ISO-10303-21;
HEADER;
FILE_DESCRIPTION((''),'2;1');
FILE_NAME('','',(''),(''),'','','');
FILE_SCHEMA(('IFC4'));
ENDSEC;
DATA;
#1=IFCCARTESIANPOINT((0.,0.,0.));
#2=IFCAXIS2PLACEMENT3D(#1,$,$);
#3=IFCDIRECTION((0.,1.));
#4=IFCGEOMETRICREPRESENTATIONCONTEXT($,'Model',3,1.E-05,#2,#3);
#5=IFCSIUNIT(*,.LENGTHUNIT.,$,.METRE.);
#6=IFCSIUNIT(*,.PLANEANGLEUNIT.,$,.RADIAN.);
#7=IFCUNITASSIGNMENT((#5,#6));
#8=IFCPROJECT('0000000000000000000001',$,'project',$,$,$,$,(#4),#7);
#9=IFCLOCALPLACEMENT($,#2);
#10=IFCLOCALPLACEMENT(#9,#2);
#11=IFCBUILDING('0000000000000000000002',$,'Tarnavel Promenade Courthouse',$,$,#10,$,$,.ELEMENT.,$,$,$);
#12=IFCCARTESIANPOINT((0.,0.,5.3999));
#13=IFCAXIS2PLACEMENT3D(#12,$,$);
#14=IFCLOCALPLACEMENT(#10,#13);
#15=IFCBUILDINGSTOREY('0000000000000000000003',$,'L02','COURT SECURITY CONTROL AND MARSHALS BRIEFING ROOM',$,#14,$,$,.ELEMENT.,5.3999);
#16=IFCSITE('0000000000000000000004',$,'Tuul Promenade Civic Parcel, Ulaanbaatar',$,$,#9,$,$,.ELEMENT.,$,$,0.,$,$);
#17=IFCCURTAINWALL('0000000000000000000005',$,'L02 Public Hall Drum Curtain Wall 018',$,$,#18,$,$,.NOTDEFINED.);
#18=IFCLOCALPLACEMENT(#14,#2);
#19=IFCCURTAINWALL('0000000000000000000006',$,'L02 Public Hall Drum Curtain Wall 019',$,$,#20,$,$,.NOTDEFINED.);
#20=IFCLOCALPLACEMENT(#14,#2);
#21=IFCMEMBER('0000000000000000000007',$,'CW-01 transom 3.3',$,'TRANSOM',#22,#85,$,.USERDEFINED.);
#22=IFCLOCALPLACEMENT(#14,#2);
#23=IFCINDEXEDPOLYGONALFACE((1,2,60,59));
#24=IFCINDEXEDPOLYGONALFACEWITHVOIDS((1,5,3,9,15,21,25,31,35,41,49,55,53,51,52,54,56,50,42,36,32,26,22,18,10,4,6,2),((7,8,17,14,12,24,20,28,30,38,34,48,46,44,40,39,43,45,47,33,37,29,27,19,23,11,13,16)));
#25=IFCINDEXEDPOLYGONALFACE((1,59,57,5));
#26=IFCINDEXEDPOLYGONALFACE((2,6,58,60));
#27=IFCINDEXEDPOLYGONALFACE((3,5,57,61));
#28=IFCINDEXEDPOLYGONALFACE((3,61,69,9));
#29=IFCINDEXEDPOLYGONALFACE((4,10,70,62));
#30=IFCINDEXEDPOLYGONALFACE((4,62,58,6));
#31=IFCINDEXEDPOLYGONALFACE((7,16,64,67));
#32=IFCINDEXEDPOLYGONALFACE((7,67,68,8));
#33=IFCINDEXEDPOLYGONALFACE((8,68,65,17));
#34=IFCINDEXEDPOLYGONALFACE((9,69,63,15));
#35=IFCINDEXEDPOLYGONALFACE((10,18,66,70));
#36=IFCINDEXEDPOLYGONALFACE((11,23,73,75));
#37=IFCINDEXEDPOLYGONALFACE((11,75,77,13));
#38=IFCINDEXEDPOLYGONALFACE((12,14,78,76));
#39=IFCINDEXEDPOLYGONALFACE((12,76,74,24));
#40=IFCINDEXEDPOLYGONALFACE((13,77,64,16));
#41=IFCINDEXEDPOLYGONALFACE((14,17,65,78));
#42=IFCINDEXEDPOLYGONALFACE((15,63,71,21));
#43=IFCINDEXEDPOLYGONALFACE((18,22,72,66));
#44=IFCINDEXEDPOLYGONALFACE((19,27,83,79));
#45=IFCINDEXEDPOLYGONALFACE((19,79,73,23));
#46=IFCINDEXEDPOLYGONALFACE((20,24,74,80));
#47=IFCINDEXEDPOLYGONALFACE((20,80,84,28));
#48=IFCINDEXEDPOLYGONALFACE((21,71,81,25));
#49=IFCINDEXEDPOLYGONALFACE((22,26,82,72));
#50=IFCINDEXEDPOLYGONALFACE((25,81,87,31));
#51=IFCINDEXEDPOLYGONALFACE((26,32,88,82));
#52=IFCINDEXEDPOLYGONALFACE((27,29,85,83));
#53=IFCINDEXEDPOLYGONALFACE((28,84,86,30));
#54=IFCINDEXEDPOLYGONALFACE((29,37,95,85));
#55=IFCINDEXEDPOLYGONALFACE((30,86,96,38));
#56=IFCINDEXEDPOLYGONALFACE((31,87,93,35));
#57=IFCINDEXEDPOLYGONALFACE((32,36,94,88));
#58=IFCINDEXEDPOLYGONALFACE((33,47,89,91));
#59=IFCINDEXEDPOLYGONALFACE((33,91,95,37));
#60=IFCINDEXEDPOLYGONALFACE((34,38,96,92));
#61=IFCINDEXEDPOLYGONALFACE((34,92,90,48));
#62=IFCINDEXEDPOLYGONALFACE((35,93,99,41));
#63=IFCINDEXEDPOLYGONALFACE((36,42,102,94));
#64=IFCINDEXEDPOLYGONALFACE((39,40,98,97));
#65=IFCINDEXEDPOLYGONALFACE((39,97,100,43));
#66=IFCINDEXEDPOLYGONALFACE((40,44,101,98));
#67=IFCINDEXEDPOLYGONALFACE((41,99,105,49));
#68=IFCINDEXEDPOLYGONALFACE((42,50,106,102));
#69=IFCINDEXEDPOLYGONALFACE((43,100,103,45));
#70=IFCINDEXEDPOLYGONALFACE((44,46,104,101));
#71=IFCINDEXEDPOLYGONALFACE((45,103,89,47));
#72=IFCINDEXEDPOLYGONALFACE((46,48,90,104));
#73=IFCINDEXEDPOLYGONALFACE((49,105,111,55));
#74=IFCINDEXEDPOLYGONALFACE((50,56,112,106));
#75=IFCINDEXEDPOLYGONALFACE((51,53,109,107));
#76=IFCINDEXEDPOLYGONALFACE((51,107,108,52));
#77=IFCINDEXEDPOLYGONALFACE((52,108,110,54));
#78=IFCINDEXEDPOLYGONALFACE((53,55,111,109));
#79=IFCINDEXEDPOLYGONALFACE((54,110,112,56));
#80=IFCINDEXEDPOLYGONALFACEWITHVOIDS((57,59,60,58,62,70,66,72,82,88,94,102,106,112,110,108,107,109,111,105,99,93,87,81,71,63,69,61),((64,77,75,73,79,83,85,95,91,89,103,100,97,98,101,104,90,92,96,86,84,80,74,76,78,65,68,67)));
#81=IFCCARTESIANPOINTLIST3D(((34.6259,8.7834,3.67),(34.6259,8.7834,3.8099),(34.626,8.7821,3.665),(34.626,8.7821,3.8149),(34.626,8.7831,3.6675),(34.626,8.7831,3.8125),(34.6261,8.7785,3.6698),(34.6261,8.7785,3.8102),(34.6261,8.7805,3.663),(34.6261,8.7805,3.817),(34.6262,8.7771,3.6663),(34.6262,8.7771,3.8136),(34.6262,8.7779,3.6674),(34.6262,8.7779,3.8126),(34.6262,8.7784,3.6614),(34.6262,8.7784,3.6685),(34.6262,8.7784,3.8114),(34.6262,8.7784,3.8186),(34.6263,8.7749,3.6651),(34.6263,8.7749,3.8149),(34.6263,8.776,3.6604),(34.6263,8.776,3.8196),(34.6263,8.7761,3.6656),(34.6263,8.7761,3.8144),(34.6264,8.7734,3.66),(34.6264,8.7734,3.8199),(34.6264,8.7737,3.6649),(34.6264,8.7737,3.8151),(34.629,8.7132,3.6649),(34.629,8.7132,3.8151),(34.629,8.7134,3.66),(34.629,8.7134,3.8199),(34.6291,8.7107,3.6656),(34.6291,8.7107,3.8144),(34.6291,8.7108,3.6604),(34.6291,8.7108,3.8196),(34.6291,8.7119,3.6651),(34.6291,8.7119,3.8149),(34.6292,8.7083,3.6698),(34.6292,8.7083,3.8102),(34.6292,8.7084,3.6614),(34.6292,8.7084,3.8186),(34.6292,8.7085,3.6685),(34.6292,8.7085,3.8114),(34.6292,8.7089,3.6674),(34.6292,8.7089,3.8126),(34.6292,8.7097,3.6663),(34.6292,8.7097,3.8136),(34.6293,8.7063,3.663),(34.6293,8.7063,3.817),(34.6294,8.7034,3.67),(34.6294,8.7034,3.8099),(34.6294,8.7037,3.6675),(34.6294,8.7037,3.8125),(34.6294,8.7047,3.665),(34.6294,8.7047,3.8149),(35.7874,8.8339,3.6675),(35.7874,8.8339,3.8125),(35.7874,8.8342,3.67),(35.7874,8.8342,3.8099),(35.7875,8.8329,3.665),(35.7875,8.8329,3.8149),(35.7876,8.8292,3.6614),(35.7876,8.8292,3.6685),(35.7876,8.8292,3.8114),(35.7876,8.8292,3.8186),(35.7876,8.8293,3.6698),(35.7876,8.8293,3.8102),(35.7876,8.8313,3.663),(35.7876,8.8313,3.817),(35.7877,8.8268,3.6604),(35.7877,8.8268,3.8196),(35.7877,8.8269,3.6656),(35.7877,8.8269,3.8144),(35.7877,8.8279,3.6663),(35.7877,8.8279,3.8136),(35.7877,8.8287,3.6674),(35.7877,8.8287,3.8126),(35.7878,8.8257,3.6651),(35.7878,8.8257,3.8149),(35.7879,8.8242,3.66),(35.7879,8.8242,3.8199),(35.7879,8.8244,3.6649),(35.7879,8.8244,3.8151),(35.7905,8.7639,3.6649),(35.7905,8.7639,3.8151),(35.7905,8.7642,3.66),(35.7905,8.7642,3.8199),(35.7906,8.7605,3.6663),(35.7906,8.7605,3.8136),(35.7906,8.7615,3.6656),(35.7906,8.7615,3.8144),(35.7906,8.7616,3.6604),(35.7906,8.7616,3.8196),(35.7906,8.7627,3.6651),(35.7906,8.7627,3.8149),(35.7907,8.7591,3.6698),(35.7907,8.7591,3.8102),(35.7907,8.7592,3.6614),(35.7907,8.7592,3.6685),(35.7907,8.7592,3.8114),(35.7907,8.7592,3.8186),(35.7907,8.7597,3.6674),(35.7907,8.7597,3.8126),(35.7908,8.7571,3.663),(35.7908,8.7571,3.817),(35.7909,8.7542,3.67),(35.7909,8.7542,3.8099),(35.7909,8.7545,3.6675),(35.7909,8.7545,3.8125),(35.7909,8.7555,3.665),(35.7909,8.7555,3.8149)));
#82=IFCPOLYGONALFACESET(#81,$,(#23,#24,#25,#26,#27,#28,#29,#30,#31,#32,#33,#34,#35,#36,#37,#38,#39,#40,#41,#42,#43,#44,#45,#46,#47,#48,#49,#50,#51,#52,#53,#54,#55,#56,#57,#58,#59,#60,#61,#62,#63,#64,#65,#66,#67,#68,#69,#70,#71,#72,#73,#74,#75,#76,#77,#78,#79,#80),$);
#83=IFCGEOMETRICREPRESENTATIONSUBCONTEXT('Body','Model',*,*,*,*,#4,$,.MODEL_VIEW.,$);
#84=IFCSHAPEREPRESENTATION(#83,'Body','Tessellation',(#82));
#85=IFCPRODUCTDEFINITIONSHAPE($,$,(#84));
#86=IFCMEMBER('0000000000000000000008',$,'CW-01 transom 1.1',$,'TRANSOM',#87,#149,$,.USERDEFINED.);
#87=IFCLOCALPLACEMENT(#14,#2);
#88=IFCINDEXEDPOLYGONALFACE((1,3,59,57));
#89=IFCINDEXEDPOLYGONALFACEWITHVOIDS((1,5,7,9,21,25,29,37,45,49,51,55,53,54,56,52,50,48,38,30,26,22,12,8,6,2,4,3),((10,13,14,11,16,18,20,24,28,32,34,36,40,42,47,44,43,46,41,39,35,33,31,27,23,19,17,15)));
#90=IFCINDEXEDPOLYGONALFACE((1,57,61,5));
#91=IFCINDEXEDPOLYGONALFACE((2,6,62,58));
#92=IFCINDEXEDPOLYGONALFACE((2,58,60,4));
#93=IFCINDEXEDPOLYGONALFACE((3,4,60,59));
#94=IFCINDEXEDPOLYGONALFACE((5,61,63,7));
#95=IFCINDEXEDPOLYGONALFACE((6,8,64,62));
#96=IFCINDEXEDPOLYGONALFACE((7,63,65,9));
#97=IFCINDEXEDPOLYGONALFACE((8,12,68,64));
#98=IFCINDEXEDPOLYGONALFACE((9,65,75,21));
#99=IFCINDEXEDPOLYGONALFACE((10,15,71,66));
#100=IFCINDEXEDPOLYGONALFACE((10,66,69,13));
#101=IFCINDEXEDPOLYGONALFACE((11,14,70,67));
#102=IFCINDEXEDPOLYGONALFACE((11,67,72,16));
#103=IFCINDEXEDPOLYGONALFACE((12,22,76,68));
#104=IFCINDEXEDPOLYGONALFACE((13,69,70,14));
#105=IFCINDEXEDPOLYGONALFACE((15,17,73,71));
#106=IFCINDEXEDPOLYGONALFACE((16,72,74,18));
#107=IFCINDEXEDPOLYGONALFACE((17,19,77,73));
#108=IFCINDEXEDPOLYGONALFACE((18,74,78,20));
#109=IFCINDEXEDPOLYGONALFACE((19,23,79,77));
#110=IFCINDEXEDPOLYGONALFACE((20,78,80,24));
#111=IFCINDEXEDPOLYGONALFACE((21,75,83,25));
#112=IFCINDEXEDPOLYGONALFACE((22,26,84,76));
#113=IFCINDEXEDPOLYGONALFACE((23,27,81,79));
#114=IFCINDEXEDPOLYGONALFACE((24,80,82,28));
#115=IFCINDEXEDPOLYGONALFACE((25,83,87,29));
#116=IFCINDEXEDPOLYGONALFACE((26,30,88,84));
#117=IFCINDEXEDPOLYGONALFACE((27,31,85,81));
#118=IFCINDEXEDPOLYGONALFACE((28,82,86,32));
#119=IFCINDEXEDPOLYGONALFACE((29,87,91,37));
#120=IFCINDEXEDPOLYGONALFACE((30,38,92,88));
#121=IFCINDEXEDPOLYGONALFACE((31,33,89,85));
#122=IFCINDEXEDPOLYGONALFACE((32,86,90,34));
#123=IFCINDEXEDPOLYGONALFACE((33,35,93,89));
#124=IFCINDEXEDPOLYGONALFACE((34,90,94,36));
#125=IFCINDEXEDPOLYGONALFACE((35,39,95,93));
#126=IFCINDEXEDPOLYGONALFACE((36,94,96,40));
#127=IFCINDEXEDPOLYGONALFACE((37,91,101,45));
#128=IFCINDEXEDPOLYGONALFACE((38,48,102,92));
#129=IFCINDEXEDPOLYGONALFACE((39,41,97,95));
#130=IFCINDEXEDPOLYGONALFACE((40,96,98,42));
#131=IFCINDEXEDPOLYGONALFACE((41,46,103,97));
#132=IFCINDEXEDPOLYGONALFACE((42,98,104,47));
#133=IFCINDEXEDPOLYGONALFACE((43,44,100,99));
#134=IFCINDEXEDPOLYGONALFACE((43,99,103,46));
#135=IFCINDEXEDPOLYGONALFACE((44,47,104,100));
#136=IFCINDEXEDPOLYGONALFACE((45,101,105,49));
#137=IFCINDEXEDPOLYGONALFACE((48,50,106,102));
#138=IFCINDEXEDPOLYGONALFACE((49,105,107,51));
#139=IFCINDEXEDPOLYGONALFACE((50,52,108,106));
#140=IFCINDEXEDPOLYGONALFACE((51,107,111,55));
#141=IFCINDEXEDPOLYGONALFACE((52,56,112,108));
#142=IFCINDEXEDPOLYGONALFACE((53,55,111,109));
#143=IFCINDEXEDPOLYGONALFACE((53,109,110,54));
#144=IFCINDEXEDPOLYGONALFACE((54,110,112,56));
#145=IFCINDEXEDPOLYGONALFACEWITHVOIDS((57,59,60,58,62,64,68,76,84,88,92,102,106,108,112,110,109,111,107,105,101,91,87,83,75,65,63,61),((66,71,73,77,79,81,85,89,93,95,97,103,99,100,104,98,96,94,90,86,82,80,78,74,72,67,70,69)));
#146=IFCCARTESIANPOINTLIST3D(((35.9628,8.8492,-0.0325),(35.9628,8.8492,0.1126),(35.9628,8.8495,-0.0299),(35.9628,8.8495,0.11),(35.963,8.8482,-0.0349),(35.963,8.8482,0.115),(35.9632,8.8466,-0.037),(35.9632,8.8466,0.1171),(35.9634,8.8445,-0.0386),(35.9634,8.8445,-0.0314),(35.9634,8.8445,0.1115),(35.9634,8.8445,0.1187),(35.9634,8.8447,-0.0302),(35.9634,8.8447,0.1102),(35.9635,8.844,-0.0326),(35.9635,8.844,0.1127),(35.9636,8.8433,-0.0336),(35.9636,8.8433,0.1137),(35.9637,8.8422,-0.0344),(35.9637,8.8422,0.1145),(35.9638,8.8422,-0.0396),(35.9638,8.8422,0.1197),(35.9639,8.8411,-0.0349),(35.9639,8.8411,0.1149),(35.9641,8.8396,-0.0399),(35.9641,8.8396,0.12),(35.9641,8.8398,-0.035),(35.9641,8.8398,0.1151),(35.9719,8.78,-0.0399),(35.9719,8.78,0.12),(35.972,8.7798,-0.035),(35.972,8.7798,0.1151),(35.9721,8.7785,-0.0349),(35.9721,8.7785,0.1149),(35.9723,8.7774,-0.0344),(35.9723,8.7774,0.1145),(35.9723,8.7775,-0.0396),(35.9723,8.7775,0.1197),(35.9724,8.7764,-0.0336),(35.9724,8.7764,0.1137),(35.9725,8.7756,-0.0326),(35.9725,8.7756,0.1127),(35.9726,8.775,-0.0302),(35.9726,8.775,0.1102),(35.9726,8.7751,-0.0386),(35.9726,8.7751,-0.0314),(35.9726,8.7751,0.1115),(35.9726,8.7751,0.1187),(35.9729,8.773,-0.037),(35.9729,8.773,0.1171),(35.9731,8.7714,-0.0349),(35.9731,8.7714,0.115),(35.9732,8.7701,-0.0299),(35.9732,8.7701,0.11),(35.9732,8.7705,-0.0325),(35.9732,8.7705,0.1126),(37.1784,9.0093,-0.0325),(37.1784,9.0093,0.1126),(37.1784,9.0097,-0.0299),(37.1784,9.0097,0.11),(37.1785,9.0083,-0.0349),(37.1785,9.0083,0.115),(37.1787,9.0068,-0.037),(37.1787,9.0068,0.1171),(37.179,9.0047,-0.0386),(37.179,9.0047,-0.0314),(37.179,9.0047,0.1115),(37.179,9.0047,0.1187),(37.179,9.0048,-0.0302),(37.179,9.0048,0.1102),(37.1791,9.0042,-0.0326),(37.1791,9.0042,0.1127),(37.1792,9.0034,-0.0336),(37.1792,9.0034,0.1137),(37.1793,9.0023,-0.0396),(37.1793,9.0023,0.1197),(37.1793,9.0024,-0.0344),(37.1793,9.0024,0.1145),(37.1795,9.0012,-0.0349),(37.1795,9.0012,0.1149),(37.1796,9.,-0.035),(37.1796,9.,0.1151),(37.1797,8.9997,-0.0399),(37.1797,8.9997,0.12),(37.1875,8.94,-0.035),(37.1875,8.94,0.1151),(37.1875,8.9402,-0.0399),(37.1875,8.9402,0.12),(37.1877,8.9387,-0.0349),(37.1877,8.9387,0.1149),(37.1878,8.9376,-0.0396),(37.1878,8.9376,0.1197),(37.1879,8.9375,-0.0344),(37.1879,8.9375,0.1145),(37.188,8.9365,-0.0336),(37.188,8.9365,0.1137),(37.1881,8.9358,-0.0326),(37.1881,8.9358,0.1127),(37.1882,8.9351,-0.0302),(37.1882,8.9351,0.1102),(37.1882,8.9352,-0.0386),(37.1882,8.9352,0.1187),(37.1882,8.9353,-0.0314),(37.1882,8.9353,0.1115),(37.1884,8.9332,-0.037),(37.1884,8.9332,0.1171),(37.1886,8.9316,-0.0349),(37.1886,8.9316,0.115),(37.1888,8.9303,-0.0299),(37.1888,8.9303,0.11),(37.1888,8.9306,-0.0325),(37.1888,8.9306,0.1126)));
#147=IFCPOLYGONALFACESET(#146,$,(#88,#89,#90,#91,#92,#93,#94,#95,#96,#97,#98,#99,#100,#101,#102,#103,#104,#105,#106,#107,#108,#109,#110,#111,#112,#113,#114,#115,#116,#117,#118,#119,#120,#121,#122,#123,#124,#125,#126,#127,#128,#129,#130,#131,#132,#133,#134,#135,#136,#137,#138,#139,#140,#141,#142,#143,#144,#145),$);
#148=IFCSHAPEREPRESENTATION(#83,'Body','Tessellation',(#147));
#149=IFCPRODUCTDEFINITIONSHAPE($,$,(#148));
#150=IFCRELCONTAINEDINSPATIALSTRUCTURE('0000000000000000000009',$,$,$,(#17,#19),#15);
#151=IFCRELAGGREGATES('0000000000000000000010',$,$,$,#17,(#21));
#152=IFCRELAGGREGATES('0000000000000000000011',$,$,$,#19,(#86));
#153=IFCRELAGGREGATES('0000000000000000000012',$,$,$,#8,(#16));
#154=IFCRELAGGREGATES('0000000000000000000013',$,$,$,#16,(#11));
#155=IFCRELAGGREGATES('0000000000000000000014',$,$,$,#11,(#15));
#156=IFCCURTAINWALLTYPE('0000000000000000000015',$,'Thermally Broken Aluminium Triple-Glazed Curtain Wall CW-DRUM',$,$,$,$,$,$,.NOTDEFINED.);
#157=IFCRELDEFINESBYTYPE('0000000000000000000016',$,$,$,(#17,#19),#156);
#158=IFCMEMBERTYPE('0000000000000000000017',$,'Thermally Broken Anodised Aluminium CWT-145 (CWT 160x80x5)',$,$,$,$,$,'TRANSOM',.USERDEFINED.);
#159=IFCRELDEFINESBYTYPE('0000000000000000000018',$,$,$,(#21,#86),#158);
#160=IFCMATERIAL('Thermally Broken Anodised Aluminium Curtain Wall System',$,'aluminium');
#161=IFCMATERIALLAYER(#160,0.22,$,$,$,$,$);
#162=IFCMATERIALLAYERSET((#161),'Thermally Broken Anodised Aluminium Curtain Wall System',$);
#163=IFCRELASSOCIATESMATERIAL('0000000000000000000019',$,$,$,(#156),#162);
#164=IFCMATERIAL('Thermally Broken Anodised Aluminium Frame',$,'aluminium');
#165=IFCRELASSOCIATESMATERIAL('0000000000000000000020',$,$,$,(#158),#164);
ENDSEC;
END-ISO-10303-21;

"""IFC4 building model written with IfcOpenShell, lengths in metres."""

from ifc_helpers import new_model, si_unit, direction, frame, origin, origin_2d, place, context, subcontext, project, spatial, hollow_rectangle, extrude, material, layer, layer_set, material_profile, profile_set, type_object, element, aggregate, save


model = new_model("IFC4")

# Units and contexts
model_context = context("Model", 3, precision=1e-05, world=origin(), true_north=direction((0.0, 1.0)))
body_context = subcontext(model_context, "Body", "Model", "MODEL_VIEW")
ifc_project = project(units=[si_unit("LENGTHUNIT", "METRE"), si_unit("PLANEANGLEUNIT", "RADIAN")], contexts=[model_context])

# Site, building, storey
site_placement = place(None, origin())
site = spatial("IfcSite", under=ifc_project, at=site_placement, Name="Tuul Promenade Civic Parcel, Ulaanbaatar", CompositionType="ELEMENT", RefElevation=0.0)
building_placement = place(site_placement, origin())
building = spatial("IfcBuilding", under=site, at=building_placement, Name="Tarnavel Promenade Courthouse", CompositionType="ELEMENT")
storey_placement = place(building_placement, frame((0.0, 0.0, 5.3999)))
storey = spatial("IfcBuildingStorey", under=building, at=storey_placement, Name="L02", Description="COURT SECURITY CONTROL AND MARSHALS BRIEFING ROOM", CompositionType="ELEMENT", Elevation=5.3999)

# Curtain walls
ifc_material_1 = material(Name="Thermally Broken Anodised Aluminium Curtain Wall System", Category="aluminium")
ifc_layer_1 = layer(ifc_material_1, 0.22)
ifc_layer_set_1 = layer_set([ifc_layer_1], Name="Thermally Broken Anodised Aluminium Curtain Wall System")
curtain_wall_type = type_object("IfcCurtainWallType", Name="Thermally Broken Aluminium Triple-Glazed Curtain Wall CW-DRUM", PredefinedType="NOTDEFINED", material=ifc_layer_set_1)
curtain_wall_1_placement = place(storey_placement, origin())
curtain_wall_1 = element("IfcCurtainWall", 1, at=curtain_wall_1_placement, inside=storey, type_object=curtain_wall_type, Name="L02 Public Hall Drum Curtain Wall 018", PredefinedType="NOTDEFINED")
ifc_material_2 = material(Name="Thermally Broken Anodised Aluminium Frame", Category="aluminium")
curtain_wall_2_placement = place(storey_placement, origin())
curtain_wall_2 = element("IfcCurtainWall", 2, at=curtain_wall_2_placement, inside=storey, type_object=curtain_wall_type, Name="L02 Public Hall Drum Curtain Wall 019", PredefinedType="NOTDEFINED")

# Members
ifc_material_profile_1 = material_profile(ifc_material_2, hollow_rectangle(XDim=0.0801, YDim=0.1599, WallThickness=0.0049, InnerFilletRadius=0.0049, OuterFilletRadius=0.01, at=origin_2d()), Name="CWT 160x80x5")
ifc_profile_set_1 = profile_set([ifc_material_profile_1], Name="Thermally Broken Anodised Aluminium Frame")
member_type_1 = type_object("IfcMemberType", Name="Thermally Broken Anodised Aluminium CWT-145 (CWT 160x80x5)", ElementType="TRANSOM", PredefinedType="USERDEFINED", material=ifc_profile_set_1)
member_1_placement = place(storey_placement, frame((34.6277, 8.7434, 3.74), z_axis=(0.999045, 0.043683, 0.0), x_axis=(-0.043683, 0.999045, 0.0)))
member_1 = element("IfcMember", 3, at=member_1_placement, type_object=member_type_1, Name="CW-01 transom 3.3", ObjectType="TRANSOM", PredefinedType="USERDEFINED", context=body_context, shape_type="SweptSolid", body=[
    extrude(hollow_rectangle(XDim=0.0801, YDim=0.1599, WallThickness=0.0049, InnerFilletRadius=0.0049, OuterFilletRadius=0.01, at=origin_2d()), origin(), (0.0, 0.0, 1.0), 1.1626),
])
member_2_placement = place(storey_placement, frame((35.968, 8.8098, 0.04), z_axis=(0.991432, 0.130624, 0.0), x_axis=(-0.130624, 0.991432, 0.0)))
member_2 = element("IfcMember", 4, at=member_2_placement, type_object=member_type_1, Name="CW-01 transom 1.1", ObjectType="TRANSOM", PredefinedType="USERDEFINED", context=body_context, shape_type="SweptSolid", body=[
    extrude(hollow_rectangle(XDim=0.0801, YDim=0.1599, WallThickness=0.0049, InnerFilletRadius=0.0049, OuterFilletRadius=0.01, at=origin_2d()), origin(), (0.0, 0.0, 1.0), 1.2261),
])

aggregate(curtain_wall_1, [member_1])
aggregate(curtain_wall_2, [member_2])

save(model, "model.ifc")
